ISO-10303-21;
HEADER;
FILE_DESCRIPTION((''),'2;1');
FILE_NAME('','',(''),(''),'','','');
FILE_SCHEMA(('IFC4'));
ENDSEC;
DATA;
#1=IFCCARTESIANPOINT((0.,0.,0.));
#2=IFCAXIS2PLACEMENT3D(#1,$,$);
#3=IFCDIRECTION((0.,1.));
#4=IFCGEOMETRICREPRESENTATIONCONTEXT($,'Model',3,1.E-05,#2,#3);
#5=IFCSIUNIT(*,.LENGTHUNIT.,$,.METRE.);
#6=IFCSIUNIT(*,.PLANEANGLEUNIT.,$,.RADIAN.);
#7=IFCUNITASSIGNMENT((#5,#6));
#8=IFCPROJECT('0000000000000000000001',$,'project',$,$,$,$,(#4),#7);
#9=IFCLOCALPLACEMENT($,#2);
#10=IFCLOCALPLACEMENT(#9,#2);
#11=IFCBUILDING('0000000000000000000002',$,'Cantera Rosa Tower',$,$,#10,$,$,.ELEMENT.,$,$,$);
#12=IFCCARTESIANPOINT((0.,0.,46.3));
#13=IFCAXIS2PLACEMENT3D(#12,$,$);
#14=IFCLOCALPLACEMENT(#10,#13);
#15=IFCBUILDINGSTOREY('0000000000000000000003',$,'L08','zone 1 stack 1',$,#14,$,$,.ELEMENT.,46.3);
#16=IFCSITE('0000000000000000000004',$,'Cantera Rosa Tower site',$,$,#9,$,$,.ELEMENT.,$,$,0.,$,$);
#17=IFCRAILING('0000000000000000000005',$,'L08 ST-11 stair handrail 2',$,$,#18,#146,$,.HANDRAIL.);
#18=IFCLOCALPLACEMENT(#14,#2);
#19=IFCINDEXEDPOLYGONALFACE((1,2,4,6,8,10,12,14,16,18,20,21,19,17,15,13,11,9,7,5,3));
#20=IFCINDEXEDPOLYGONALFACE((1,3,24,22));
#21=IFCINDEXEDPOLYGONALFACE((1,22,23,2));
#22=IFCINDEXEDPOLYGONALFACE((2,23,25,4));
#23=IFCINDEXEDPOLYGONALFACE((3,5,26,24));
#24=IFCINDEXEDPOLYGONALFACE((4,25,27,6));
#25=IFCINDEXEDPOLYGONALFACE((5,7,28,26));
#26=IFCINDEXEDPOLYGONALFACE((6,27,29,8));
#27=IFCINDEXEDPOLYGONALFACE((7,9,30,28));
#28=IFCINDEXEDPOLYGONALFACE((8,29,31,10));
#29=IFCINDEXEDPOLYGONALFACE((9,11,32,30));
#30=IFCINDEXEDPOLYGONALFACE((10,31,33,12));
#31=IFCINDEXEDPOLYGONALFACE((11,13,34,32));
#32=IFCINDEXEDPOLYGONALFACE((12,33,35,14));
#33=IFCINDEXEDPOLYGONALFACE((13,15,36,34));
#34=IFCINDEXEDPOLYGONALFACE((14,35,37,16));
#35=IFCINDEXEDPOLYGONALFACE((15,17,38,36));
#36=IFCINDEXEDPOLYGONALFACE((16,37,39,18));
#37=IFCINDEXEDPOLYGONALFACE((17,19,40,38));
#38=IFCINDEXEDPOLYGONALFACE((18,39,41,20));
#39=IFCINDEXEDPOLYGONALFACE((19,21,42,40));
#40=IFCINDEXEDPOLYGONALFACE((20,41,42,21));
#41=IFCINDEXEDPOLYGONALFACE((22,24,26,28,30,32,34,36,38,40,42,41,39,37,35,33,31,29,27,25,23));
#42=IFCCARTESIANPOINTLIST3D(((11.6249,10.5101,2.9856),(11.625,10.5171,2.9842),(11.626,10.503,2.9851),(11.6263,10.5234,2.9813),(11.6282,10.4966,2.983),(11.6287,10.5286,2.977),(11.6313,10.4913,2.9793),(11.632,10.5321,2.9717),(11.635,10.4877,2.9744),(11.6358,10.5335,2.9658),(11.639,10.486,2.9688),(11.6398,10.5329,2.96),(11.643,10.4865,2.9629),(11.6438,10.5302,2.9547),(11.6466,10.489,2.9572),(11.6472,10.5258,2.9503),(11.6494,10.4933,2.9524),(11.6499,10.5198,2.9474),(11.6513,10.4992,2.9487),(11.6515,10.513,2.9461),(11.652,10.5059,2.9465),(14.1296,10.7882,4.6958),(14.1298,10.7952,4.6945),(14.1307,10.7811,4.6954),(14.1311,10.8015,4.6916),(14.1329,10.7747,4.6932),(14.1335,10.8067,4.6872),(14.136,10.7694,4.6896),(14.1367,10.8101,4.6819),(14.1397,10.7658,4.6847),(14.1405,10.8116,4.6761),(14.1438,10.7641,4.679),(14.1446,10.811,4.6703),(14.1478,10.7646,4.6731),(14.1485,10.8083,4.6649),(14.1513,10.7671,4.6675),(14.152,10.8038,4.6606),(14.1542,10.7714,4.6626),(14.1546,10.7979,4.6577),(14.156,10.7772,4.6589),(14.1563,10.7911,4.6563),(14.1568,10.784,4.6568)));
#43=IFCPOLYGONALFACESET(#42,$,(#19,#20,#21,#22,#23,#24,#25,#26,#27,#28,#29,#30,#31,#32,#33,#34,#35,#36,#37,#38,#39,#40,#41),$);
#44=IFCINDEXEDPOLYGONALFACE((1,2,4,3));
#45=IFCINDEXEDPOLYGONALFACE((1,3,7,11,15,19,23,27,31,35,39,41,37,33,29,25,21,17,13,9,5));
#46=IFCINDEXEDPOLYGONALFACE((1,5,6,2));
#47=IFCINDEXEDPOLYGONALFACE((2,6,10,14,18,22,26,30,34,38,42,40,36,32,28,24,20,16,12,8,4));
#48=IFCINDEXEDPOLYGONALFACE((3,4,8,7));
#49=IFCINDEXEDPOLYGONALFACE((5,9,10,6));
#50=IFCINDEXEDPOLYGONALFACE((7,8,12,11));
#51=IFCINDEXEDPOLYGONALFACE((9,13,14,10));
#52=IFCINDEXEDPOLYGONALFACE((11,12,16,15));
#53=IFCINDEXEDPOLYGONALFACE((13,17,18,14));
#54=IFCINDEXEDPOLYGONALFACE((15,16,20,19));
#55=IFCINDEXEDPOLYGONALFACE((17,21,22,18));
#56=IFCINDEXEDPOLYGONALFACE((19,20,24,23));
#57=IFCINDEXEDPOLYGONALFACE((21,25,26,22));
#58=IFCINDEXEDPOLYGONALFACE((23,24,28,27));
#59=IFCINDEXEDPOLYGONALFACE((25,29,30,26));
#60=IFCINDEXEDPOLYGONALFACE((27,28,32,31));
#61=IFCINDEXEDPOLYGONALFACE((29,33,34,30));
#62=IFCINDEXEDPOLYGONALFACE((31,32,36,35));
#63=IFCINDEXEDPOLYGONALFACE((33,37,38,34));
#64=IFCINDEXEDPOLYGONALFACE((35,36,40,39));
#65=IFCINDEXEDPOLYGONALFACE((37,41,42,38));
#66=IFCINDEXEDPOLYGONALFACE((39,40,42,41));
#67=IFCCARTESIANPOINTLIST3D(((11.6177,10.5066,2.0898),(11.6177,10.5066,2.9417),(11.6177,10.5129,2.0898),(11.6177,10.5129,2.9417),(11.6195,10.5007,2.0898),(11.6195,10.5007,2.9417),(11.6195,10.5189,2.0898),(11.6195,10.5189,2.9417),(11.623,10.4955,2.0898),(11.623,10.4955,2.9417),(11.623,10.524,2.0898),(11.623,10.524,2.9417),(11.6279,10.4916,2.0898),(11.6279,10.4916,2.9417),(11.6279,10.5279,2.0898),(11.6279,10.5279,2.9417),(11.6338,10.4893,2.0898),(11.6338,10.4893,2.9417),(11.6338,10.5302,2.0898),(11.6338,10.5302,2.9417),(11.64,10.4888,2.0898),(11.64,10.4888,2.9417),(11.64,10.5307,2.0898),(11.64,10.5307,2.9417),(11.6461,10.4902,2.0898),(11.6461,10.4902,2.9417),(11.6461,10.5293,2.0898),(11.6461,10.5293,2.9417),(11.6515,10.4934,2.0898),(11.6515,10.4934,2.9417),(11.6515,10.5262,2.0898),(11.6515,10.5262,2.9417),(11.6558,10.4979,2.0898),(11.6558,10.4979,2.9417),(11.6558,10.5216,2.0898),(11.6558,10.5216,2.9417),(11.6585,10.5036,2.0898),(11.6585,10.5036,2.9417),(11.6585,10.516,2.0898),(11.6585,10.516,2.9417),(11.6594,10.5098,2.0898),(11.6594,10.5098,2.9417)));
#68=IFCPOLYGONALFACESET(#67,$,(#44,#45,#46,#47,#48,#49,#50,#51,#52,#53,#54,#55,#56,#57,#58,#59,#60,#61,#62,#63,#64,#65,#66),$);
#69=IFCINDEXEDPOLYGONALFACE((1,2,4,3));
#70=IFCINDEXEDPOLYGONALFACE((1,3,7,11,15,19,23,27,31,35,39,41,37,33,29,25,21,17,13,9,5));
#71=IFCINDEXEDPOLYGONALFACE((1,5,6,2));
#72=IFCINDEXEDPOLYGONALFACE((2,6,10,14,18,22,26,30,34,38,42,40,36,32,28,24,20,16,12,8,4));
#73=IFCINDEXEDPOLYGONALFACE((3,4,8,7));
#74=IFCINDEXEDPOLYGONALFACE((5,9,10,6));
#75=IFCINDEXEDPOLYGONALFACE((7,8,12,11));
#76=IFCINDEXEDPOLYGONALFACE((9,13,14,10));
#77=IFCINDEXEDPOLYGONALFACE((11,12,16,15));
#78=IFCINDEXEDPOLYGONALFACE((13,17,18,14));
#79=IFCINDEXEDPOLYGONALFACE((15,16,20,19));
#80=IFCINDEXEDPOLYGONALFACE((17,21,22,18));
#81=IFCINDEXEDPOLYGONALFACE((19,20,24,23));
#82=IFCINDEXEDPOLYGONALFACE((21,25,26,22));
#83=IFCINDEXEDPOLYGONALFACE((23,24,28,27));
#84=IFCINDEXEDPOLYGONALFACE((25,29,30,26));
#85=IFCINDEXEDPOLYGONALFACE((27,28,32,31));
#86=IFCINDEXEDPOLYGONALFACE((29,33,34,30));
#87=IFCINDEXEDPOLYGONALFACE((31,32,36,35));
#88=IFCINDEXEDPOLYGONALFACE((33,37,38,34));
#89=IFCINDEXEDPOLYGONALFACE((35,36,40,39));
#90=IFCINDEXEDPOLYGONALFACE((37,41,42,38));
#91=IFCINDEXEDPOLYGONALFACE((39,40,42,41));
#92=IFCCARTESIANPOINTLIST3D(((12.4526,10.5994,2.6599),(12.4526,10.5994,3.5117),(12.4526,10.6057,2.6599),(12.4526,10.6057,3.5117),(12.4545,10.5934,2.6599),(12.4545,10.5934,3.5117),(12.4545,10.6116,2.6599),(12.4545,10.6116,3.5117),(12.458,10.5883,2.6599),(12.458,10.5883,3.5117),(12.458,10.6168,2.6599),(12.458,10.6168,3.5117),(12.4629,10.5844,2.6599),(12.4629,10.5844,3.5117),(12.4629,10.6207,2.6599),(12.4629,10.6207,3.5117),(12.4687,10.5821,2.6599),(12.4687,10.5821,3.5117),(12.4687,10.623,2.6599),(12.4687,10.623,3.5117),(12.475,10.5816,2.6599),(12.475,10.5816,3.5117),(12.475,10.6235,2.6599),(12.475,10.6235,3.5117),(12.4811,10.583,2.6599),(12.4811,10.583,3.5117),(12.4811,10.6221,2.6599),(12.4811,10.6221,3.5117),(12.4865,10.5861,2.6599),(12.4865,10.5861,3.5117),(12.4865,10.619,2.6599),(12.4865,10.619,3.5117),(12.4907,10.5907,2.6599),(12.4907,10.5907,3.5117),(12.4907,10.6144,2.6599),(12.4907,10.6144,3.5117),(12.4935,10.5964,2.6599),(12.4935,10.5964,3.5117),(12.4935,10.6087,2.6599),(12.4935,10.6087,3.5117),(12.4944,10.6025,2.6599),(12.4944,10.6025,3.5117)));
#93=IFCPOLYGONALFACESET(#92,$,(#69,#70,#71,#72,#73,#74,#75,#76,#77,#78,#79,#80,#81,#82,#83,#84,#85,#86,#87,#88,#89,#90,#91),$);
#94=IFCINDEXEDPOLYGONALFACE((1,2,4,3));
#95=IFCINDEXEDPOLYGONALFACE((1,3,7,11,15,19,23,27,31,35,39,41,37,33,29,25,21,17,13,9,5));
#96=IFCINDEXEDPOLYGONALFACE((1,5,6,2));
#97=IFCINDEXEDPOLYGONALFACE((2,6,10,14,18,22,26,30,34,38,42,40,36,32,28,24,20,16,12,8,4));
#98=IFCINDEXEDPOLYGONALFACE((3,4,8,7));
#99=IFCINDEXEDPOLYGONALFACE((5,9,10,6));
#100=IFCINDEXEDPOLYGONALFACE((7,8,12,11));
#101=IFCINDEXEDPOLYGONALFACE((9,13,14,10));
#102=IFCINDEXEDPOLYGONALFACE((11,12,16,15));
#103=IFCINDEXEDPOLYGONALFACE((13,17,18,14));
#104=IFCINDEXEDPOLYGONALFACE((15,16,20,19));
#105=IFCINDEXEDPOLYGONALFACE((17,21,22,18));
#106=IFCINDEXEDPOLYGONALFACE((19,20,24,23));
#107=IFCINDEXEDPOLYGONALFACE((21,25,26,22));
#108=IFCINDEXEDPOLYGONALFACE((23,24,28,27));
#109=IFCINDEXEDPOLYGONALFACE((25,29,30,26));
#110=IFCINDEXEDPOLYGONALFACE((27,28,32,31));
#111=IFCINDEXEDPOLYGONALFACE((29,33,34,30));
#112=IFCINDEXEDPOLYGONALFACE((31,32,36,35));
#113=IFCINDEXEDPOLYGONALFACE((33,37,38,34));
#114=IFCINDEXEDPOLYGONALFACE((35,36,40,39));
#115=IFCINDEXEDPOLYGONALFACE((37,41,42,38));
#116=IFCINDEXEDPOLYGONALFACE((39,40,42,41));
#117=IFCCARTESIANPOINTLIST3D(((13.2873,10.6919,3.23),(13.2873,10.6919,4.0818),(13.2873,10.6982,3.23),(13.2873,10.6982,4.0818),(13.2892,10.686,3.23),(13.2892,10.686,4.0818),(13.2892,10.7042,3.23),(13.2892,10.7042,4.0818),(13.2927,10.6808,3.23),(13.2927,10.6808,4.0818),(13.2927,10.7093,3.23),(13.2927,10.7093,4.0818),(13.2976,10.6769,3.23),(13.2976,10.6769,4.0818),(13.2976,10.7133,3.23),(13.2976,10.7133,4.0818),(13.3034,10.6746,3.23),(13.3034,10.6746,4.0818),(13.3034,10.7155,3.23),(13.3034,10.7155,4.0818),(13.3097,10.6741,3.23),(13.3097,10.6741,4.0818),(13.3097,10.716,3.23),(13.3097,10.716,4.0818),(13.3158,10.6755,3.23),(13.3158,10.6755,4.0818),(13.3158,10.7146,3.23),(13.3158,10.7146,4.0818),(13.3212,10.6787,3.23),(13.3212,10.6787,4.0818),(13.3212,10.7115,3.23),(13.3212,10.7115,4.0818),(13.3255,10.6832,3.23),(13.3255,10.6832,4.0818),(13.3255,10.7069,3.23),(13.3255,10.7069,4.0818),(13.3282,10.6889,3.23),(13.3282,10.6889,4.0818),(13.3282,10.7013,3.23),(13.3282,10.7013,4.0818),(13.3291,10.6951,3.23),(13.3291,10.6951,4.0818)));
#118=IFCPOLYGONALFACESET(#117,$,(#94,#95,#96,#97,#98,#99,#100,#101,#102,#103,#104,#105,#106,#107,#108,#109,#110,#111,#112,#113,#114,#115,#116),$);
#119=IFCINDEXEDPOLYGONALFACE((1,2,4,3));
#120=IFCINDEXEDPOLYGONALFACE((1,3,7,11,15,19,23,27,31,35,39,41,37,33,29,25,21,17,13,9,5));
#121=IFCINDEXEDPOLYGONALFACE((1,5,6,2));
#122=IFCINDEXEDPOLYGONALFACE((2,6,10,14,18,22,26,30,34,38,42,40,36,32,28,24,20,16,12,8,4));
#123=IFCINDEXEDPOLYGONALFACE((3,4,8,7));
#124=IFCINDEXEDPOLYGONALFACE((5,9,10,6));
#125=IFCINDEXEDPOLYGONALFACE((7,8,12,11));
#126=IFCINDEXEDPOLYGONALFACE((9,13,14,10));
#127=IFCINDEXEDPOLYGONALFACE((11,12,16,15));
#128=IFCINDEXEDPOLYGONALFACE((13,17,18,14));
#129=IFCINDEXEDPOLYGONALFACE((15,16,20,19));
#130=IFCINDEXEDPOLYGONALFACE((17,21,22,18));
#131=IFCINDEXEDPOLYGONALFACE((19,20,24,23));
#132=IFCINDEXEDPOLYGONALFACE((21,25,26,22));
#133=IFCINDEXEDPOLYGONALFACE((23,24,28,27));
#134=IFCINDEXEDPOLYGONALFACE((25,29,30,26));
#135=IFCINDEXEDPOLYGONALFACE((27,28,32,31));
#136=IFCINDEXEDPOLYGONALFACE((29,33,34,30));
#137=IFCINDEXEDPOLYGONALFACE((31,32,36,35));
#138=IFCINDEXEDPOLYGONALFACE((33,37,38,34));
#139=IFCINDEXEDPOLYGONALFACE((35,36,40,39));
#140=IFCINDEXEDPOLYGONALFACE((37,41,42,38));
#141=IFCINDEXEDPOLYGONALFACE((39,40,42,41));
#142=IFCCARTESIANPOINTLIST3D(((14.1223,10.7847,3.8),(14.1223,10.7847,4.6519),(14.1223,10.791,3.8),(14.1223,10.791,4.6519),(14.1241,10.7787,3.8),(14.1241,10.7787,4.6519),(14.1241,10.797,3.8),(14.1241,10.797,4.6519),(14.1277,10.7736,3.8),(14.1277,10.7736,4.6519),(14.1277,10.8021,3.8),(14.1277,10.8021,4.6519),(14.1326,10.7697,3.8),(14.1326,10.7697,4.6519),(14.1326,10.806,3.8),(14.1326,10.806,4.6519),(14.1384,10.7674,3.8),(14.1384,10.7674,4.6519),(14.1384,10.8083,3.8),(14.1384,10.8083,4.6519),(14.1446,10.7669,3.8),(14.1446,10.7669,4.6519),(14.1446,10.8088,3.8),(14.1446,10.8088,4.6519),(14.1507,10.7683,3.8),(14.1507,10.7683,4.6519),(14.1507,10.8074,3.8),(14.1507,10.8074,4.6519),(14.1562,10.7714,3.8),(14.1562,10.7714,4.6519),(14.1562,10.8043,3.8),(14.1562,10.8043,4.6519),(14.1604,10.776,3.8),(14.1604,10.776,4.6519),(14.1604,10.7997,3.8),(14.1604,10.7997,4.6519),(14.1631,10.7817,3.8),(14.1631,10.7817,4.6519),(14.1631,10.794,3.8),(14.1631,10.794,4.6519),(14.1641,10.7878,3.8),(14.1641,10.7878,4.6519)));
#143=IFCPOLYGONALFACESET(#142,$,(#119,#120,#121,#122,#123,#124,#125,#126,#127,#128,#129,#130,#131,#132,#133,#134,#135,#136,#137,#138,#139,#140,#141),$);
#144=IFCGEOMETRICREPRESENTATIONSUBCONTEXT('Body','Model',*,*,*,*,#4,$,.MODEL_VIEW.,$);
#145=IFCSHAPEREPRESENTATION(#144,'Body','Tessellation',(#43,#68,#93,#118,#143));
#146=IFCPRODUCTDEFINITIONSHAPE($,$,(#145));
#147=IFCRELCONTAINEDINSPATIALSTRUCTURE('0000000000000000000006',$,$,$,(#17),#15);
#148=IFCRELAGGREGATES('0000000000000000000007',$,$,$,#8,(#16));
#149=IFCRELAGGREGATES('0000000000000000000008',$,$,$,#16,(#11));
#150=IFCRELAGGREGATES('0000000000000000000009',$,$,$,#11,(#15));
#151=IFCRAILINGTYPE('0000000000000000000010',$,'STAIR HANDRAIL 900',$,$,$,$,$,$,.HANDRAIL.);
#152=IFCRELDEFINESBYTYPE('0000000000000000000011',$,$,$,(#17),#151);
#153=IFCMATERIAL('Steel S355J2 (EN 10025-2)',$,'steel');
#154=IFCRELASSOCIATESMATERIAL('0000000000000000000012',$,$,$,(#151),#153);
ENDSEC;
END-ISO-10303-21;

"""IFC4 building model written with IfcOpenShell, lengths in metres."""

from ifc_helpers import new_model, si_unit, direction, frame, origin, origin_2d, place, context, subcontext, project, spatial, circle, extrude, material, type_object, element, save


model = new_model("IFC4")

# Units and contexts
model_context = context("Model", 3, precision=1e-05, world=origin(), true_north=direction((0.0, 1.0)))
body_context = subcontext(model_context, "Body", "Model", "MODEL_VIEW")
ifc_project = project(units=[si_unit("LENGTHUNIT", "METRE"), si_unit("PLANEANGLEUNIT", "RADIAN")], contexts=[model_context])

# Site, building, storey
site_placement = place(None, origin())
site = spatial("IfcSite", under=ifc_project, at=site_placement, Name="Cantera Rosa Tower site", CompositionType="ELEMENT", RefElevation=0.0)
building_placement = place(site_placement, origin())
building = spatial("IfcBuilding", under=site, at=building_placement, Name="Cantera Rosa Tower", CompositionType="ELEMENT")
storey_placement = place(building_placement, frame((0.0, 0.0, 46.3)))
storey = spatial("IfcBuildingStorey", under=building, at=storey_placement, Name="L08", Description="zone 1 stack 1", CompositionType="ELEMENT", Elevation=46.3)

# Railing
ifc_material_1 = material(Name="Steel S355J2 (EN 10025-2)", Category="steel")
railing_type_1 = type_object("IfcRailingType", Name="STAIR HANDRAIL 900", PredefinedType="HANDRAIL", material=ifc_material_1)
railing_1_placement = place(storey_placement, frame((11.6384, 10.5098, 2.0898)))
element("IfcRailing", 1, at=railing_1_placement, inside=storey, type_object=railing_type_1, Name="L08 ST-11 stair handrail 2", PredefinedType="HANDRAIL", context=body_context, shape_type="SweptSolid", body=[
    extrude(circle(Radius=0.0239, at=origin_2d()), frame((0.0, 0.0, 0.876), z_axis=(0.822394, 0.091306, 0.561543), x_axis=(-0.110346, 0.993893, 0.0)), (0.0, 0.0, 1.0), 3.0457),
    extrude(circle(Radius=0.021, at=origin_2d()), origin(), (0.0, 0.0, 1.0), 0.8518),
    extrude(circle(Radius=0.021, at=origin_2d()), frame((0.835, 0.0928, 0.5701)), (0.0, 0.0, 1.0), 0.8518),
    extrude(circle(Radius=0.021, at=origin_2d()), frame((1.6697, 0.1853, 1.1401)), (0.0, 0.0, 1.0), 0.8518),
    extrude(circle(Radius=0.021, at=origin_2d()), frame((2.5046, 0.2781, 1.7102)), (0.0, 0.0, 1.0), 0.8518),
])

save(model, "model.ifc")
